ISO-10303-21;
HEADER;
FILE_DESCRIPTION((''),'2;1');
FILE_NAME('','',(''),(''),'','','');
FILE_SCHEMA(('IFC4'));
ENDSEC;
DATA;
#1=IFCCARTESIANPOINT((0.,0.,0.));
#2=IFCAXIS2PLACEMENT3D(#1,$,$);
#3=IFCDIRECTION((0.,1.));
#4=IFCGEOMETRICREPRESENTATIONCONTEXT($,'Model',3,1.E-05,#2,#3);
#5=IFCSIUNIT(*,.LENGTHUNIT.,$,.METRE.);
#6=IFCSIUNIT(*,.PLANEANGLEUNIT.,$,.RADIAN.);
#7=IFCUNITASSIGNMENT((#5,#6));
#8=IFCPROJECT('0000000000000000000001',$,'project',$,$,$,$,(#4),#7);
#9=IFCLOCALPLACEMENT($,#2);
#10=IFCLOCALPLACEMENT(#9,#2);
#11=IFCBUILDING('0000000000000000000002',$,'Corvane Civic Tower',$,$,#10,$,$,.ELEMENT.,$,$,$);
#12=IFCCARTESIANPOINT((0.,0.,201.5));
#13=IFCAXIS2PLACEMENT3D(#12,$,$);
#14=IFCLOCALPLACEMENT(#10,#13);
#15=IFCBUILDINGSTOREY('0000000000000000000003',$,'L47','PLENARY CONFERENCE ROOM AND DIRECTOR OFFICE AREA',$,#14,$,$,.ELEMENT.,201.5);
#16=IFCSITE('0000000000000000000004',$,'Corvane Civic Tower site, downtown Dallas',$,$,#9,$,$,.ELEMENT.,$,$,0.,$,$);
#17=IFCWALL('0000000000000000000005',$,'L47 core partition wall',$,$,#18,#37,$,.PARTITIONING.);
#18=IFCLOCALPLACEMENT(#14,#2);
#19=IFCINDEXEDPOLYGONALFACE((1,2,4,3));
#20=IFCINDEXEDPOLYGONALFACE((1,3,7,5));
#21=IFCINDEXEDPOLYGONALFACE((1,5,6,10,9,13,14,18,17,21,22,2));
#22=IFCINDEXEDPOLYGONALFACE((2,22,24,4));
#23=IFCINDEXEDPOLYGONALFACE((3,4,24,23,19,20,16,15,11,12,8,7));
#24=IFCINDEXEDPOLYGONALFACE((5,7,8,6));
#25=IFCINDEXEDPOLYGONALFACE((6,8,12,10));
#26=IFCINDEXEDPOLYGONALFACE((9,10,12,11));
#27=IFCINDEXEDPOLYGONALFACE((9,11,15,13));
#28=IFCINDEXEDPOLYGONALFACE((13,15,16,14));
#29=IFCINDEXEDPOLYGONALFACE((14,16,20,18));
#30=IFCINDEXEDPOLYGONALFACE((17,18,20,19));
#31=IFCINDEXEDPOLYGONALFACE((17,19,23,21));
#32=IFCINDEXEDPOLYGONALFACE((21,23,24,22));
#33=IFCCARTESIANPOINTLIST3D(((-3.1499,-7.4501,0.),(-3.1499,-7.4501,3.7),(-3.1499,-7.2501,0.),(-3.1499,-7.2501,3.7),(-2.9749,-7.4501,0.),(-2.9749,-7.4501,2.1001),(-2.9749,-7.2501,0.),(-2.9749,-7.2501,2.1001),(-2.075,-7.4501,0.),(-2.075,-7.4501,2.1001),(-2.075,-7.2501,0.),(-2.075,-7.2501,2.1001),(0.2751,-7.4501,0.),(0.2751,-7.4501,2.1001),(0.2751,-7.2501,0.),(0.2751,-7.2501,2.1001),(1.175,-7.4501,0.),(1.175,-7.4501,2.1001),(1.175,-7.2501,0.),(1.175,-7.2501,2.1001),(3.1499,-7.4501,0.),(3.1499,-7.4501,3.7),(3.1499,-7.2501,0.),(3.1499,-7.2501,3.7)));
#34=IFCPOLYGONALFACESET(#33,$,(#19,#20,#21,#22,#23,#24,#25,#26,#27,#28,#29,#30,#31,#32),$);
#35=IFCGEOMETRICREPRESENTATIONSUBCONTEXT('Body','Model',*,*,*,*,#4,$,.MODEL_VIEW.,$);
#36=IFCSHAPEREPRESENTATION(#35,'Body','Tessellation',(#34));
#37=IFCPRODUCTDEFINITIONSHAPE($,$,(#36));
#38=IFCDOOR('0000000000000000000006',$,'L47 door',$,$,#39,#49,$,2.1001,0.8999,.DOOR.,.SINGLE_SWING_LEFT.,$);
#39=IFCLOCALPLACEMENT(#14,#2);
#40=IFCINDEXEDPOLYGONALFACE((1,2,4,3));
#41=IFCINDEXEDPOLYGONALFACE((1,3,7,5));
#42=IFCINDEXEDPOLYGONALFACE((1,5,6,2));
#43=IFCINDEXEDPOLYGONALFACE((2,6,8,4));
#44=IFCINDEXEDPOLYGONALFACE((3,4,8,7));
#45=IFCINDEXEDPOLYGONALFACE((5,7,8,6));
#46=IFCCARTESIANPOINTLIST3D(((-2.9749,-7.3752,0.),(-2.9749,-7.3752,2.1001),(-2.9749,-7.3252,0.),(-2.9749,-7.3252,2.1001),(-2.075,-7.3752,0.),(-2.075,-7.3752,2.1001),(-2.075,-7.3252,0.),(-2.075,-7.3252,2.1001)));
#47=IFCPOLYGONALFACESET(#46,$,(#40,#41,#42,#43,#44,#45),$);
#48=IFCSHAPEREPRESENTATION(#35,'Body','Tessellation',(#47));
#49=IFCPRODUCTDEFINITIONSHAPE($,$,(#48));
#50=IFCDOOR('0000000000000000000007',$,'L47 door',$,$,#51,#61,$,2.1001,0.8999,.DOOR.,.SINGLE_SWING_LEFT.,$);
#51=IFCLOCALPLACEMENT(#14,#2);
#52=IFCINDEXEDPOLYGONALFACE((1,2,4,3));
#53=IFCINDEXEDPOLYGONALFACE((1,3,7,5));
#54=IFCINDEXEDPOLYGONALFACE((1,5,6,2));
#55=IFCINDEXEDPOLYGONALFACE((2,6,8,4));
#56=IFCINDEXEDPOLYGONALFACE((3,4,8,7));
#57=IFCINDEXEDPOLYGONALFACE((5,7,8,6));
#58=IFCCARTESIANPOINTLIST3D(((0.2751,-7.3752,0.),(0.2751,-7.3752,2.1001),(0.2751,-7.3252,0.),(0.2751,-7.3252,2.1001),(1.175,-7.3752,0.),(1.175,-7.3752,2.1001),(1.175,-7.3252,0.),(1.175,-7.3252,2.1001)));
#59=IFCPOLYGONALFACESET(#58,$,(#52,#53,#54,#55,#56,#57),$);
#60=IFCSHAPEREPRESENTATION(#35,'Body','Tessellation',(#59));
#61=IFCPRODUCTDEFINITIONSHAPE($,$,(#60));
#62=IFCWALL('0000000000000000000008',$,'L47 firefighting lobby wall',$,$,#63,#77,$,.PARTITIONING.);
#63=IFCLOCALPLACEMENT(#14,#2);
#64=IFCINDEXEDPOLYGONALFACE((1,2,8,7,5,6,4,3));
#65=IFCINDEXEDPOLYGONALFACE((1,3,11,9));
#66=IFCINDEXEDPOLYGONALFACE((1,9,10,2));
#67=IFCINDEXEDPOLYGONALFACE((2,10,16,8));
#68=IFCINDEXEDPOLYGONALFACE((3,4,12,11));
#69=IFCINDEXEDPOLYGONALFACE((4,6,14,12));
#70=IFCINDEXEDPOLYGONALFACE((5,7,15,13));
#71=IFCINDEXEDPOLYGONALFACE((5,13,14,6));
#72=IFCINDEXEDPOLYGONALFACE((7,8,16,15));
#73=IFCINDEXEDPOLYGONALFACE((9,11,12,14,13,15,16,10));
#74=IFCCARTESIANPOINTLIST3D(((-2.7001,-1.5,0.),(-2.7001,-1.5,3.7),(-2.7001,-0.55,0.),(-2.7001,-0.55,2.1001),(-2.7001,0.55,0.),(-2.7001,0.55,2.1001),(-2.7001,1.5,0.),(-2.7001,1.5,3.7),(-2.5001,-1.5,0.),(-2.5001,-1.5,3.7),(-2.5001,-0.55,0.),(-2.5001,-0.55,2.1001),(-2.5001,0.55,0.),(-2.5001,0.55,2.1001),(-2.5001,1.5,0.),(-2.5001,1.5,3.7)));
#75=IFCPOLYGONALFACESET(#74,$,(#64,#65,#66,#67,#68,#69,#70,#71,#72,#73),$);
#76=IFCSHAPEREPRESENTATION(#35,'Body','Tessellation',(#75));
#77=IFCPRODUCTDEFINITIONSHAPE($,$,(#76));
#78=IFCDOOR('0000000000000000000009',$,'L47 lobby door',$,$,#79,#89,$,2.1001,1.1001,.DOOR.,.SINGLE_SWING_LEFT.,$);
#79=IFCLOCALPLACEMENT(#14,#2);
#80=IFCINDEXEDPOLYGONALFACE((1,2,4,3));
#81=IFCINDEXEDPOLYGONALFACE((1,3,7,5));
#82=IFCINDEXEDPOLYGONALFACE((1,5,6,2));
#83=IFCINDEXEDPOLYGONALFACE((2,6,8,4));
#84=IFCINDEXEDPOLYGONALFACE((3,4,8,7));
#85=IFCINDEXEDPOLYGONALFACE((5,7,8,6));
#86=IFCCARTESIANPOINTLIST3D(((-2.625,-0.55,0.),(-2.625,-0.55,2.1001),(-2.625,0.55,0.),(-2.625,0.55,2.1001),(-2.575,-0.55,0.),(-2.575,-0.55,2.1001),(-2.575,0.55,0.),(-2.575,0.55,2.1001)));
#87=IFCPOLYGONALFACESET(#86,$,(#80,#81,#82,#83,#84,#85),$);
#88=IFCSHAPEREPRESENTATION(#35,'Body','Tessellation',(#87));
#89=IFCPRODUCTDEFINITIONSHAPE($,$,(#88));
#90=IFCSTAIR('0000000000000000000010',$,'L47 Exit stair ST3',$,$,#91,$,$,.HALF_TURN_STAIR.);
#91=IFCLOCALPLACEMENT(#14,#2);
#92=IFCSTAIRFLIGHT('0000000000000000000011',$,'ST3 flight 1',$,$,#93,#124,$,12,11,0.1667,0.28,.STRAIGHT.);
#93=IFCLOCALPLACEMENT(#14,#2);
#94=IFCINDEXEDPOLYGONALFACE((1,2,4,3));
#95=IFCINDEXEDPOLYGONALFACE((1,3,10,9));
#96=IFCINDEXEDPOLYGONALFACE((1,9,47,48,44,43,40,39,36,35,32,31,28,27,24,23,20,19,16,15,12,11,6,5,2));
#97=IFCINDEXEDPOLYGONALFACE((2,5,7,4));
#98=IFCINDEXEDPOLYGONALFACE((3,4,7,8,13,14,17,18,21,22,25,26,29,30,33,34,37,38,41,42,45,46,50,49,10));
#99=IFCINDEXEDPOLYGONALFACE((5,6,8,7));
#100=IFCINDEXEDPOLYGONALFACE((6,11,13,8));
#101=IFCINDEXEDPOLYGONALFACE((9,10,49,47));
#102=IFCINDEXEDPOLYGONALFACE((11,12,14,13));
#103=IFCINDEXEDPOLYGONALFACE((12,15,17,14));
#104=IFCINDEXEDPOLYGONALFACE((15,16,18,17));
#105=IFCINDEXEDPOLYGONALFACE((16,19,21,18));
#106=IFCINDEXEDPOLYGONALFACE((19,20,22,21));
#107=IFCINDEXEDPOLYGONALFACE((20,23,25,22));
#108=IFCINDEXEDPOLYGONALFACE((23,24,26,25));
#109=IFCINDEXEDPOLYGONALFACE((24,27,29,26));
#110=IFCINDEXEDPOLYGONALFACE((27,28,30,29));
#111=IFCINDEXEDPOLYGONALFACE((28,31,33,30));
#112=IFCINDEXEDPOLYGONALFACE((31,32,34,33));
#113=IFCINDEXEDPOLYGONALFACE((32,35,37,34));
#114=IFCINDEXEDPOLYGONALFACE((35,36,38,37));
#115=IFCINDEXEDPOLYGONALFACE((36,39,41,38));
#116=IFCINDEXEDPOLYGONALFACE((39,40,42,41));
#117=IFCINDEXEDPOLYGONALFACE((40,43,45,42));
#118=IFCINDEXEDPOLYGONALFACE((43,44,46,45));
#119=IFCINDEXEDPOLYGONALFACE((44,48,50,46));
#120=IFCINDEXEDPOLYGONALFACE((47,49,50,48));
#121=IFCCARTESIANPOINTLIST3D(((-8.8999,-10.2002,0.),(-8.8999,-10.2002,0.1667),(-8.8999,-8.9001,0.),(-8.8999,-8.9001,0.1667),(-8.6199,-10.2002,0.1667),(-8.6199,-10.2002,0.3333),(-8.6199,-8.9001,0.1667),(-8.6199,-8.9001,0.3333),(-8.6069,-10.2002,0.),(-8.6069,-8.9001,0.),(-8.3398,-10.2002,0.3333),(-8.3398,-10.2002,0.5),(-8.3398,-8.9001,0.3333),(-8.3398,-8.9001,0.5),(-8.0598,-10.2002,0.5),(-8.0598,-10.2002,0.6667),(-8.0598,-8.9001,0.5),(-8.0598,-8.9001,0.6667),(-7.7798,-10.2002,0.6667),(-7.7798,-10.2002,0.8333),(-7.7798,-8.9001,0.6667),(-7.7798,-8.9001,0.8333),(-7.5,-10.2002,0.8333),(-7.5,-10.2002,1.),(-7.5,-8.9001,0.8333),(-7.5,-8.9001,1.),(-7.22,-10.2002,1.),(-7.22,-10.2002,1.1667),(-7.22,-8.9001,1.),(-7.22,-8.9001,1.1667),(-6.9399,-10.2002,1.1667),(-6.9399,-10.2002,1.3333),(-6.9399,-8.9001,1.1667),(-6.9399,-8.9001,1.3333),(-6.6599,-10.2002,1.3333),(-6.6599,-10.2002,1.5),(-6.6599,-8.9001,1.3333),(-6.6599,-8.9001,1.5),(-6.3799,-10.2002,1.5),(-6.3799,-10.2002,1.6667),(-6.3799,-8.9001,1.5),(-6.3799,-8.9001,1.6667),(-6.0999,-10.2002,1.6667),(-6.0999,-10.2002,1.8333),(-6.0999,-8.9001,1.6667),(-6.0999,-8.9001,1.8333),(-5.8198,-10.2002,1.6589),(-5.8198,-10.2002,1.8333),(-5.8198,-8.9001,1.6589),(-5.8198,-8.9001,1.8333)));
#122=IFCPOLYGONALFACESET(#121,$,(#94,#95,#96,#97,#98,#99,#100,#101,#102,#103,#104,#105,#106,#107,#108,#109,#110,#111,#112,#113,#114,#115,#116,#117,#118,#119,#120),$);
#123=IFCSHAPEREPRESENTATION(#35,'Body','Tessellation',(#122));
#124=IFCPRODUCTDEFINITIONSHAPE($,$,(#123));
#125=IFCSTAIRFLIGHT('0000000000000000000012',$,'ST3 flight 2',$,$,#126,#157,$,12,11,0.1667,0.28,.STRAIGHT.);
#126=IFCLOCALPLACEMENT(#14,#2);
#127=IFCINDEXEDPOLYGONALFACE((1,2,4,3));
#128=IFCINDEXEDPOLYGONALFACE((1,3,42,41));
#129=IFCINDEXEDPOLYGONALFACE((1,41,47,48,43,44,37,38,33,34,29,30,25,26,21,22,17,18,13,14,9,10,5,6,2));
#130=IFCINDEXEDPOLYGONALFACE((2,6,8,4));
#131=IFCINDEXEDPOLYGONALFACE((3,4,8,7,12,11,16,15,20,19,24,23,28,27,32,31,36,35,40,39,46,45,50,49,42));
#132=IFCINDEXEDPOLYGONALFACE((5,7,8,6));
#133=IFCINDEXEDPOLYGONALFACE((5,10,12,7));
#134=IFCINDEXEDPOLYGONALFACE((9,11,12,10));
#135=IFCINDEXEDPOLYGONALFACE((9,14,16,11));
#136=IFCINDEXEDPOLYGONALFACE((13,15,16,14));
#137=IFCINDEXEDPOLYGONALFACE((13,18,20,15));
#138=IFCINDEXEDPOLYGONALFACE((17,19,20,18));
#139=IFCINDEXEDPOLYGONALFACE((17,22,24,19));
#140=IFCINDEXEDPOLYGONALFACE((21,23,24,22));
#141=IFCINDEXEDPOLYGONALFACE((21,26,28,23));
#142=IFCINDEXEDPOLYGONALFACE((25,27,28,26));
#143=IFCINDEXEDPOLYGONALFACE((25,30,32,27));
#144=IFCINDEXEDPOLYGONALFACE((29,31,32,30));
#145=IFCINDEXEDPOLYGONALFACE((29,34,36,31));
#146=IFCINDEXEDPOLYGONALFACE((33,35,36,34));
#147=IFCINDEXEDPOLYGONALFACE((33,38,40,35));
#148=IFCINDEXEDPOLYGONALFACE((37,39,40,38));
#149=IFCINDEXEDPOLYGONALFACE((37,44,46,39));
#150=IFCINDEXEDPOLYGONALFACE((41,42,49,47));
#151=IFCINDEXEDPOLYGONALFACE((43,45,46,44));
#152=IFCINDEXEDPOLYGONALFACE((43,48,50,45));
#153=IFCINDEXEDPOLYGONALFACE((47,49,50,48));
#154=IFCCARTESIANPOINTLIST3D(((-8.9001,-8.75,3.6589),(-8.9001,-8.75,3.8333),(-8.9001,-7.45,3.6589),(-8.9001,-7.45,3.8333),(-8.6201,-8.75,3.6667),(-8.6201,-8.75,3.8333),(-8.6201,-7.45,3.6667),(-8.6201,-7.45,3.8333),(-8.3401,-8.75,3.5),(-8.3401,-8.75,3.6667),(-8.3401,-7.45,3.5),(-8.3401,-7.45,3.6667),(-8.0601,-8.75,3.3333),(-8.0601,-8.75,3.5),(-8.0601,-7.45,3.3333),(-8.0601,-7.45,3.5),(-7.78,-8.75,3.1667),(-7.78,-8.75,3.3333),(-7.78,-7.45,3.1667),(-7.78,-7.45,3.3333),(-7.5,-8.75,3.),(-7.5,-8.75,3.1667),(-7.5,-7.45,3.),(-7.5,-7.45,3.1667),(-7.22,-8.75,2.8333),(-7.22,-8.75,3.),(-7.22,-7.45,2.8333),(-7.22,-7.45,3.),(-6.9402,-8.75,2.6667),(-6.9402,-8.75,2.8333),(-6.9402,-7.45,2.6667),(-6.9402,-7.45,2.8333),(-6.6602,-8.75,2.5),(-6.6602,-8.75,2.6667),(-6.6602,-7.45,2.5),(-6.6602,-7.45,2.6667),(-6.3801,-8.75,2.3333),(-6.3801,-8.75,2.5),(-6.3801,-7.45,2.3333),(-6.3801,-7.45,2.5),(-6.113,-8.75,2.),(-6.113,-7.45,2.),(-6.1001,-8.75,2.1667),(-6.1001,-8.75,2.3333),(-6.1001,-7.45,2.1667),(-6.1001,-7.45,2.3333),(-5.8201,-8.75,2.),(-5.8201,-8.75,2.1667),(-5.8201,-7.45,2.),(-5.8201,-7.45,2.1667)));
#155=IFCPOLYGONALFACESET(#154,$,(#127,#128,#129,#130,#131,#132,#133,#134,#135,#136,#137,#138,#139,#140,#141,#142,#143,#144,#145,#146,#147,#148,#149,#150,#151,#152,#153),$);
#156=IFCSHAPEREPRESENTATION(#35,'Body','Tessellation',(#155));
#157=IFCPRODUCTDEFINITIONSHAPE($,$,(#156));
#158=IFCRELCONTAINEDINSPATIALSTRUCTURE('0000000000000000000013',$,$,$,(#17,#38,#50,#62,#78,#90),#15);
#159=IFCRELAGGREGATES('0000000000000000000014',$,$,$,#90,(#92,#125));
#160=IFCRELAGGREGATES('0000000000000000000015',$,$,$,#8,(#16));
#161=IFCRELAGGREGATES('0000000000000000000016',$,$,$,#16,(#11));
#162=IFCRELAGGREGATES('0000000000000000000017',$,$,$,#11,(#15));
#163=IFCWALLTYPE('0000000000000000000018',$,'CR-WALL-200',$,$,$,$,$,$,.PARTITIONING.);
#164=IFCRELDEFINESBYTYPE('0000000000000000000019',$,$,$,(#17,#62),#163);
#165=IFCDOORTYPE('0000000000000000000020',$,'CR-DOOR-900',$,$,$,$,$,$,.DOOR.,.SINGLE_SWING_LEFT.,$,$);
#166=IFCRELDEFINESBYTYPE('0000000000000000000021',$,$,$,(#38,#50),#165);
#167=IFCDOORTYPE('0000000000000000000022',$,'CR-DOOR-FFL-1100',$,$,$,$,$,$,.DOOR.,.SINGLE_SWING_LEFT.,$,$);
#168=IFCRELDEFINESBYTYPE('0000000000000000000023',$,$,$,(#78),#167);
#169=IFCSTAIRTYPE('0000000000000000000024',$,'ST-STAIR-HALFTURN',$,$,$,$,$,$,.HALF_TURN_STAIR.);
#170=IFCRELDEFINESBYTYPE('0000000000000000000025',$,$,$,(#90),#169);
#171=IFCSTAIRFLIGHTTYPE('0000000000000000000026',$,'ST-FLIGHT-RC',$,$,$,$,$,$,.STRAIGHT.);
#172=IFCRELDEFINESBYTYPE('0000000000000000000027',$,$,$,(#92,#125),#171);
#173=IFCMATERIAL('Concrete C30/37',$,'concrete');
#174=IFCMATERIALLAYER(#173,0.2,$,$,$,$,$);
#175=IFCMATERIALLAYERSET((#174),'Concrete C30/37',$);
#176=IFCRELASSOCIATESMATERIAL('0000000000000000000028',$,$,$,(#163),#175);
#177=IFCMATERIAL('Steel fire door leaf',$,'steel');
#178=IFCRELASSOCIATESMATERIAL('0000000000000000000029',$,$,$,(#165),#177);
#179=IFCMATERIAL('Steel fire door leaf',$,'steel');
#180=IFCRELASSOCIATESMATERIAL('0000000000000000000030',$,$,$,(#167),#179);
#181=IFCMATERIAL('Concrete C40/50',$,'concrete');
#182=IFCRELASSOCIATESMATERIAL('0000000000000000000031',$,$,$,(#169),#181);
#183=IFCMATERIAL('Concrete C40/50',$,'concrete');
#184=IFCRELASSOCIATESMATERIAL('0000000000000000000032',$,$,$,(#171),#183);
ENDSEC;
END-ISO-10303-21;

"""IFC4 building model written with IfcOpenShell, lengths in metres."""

from ifc_helpers import new_model, si_unit, direction, frame, frame_2d, origin, place, context, subcontext, project, spatial, polyline, rectangle, outline, extrude, material, layer, layer_set, type_object, element, fill, aggregate, save


model = new_model("IFC4")

# Units and contexts
model_context = context("Model", 3, precision=1e-05, world=origin(), true_north=direction((0.0, 1.0)))
body_context = subcontext(model_context, "Body", "Model", "MODEL_VIEW")
ifc_project = project(units=[si_unit("LENGTHUNIT", "METRE"), si_unit("PLANEANGLEUNIT", "RADIAN")], contexts=[model_context])

# Site, building, storey
site_placement = place(None, origin())
site = spatial("IfcSite", under=ifc_project, at=site_placement, Name="Corvane Civic Tower site, downtown Dallas", CompositionType="ELEMENT", RefElevation=0.0)
building_placement = place(site_placement, origin())
building = spatial("IfcBuilding", under=site, at=building_placement, Name="Corvane Civic Tower", CompositionType="ELEMENT")
storey_placement = place(building_placement, frame((0.0, 0.0, 201.5)))
storey = spatial("IfcBuildingStorey", under=building, at=storey_placement, Name="L47", Description="PLENARY CONFERENCE ROOM AND DIRECTOR OFFICE AREA", CompositionType="ELEMENT", Elevation=201.5)

# Wall, openings, doors
ifc_material_1 = material(Name="Concrete C30/37", Category="concrete")
ifc_layer = layer(ifc_material_1, 0.2)
ifc_layer_set = layer_set([ifc_layer], Name="Concrete C30/37")
wall_type = type_object("IfcWallType", Name="CR-WALL-200", PredefinedType="PARTITIONING", material=ifc_layer_set)
ifc_material_2 = material(Name="Steel fire door leaf", Category="steel")
door_type_1 = type_object("IfcDoorType", Name="CR-DOOR-900", OperationType="SINGLE_SWING_LEFT", PredefinedType="DOOR", material=ifc_material_2)
wall_1_placement = place(storey_placement, frame((-3.1499, -7.3501, 0.0), z_axis=(0.0, 0.0, 1.0), x_axis=(1.0, 0.0, 0.0)))
wall_1 = element("IfcWall", 1, at=wall_1_placement, inside=storey, type_object=wall_type, Name="L47 core partition wall", PredefinedType="PARTITIONING", context=body_context, shape_type="SweptSolid", body=[
    extrude(rectangle(XDim=6.2998, YDim=0.2, at=frame_2d((3.1499, 0.0))), origin(), (0.0, 0.0, 1.0), 3.7),
])
opening_1_placement = place(wall_1_placement, frame((0.175, 0.0, 0.0)))
opening_1 = element("IfcOpeningElement", 2, at=opening_1_placement, cuts=wall_1, PredefinedType="OPENING", context=body_context, shape_type="SweptSolid", body=[
    extrude(rectangle(XDim=0.8999, YDim=2.1001, at=frame_2d((0.45, 1.05))), frame((0.0, 0.1099, 0.0), z_axis=(0.0, -1.0, 0.0), x_axis=(1.0, 0.0, 0.0)), (0.0, 0.0, 1.0), 0.22),
])
opening_2_placement = place(wall_1_placement, frame((3.425, 0.0, 0.0)))
opening_2 = element("IfcOpeningElement", 3, at=opening_2_placement, cuts=wall_1, PredefinedType="OPENING", context=body_context, shape_type="SweptSolid", body=[
    extrude(rectangle(XDim=0.8999, YDim=2.1001, at=frame_2d((0.45, 1.05))), frame((0.0, 0.1099, 0.0), z_axis=(0.0, -1.0, 0.0), x_axis=(1.0, 0.0, 0.0)), (0.0, 0.0, 1.0), 0.22),
])
door_1_placement = place(opening_1_placement, origin())
door_1 = element("IfcDoor", 4, at=door_1_placement, inside=storey, type_object=door_type_1, Name="L47 door", OperationType="SINGLE_SWING_LEFT", OverallHeight=2.1001, OverallWidth=0.8999, PredefinedType="DOOR", context=body_context, shape_type="SweptSolid", body=[
    extrude(rectangle(XDim=0.8999, YDim=2.1001, at=frame_2d((0.45, 1.05))), frame((0.0, 0.0249, 0.0), z_axis=(0.0, -1.0, 0.0), x_axis=(1.0, 0.0, 0.0)), (0.0, 0.0, 1.0), 0.05),
])
fill(opening_1, door_1)
door_2_placement = place(opening_2_placement, origin())
door_2 = element("IfcDoor", 5, at=door_2_placement, inside=storey, type_object=door_type_1, Name="L47 door", OperationType="SINGLE_SWING_LEFT", OverallHeight=2.1001, OverallWidth=0.8999, PredefinedType="DOOR", context=body_context, shape_type="SweptSolid", body=[
    extrude(rectangle(XDim=0.8999, YDim=2.1001, at=frame_2d((0.45, 1.05))), frame((0.0, 0.0249, 0.0), z_axis=(0.0, -1.0, 0.0), x_axis=(1.0, 0.0, 0.0)), (0.0, 0.0, 1.0), 0.05),
])
fill(opening_2, door_2)

# Wall, opening, door
wall_2_placement = place(storey_placement, frame((-2.6001, -1.5, 0.0), z_axis=(0.0, 0.0, 1.0), x_axis=(0.0, 1.0, 0.0)))
wall_2 = element("IfcWall", 6, at=wall_2_placement, inside=storey, type_object=wall_type, Name="L47 firefighting lobby wall", PredefinedType="PARTITIONING", context=body_context, shape_type="SweptSolid", body=[
    extrude(rectangle(XDim=3.0, YDim=0.2, at=frame_2d((1.5, 0.0))), origin(), (0.0, 0.0, 1.0), 3.7),
])
opening_3_placement = place(wall_2_placement, frame((0.95, 0.0, 0.0)))
opening_3 = element("IfcOpeningElement", 7, at=opening_3_placement, cuts=wall_2, PredefinedType="OPENING", context=body_context, shape_type="SweptSolid", body=[
    extrude(rectangle(XDim=1.1001, YDim=2.1001, at=frame_2d((0.55, 1.05))), frame((0.0, 0.1099, 0.0), z_axis=(0.0, -1.0, 0.0), x_axis=(1.0, 0.0, 0.0)), (0.0, 0.0, 1.0), 0.22),
])
ifc_material_3 = material(Name="Steel fire door leaf", Category="steel")
door_type_2 = type_object("IfcDoorType", Name="CR-DOOR-FFL-1100", OperationType="SINGLE_SWING_LEFT", PredefinedType="DOOR", material=ifc_material_3)
door_3_placement = place(opening_3_placement, origin())
door_3 = element("IfcDoor", 8, at=door_3_placement, inside=storey, type_object=door_type_2, Name="L47 lobby door", OperationType="SINGLE_SWING_LEFT", OverallHeight=2.1001, OverallWidth=1.1001, PredefinedType="DOOR", context=body_context, shape_type="SweptSolid", body=[
    extrude(rectangle(XDim=1.1001, YDim=2.1001, at=frame_2d((0.55, 1.05))), frame((0.0, 0.0249, 0.0), z_axis=(0.0, -1.0, 0.0), x_axis=(1.0, 0.0, 0.0)), (0.0, 0.0, 1.0), 0.05),
])
fill(opening_3, door_3)

# Stair, stair flights
ifc_material_4 = material(Name="Concrete C40/50", Category="concrete")
stair_type = type_object("IfcStairType", Name="ST-STAIR-HALFTURN", PredefinedType="HALF_TURN_STAIR", material=ifc_material_4)
stair_placement = place(storey_placement, origin())
stair = element("IfcStair", 9, at=stair_placement, inside=storey, type_object=stair_type, Name="L47 Exit stair ST3", PredefinedType="HALF_TURN_STAIR")
ifc_material_5 = material(Name="Concrete C40/50", Category="concrete")
stair_flight_type = type_object("IfcStairFlightType", Name="ST-FLIGHT-RC", PredefinedType="STRAIGHT", material=ifc_material_5)
stair_flight_1_placement = place(storey_placement, frame((-8.8999, -9.55, 0.0), z_axis=(0.0, 0.0, 1.0), x_axis=(1.0, 0.0, 0.0)))
stair_flight_1 = element("IfcStairFlight", 10, at=stair_flight_1_placement, type_object=stair_flight_type, Name="ST3 flight 1", NumberOfRisers=12, NumberOfTreads=11, PredefinedType="STRAIGHT", RiserHeight=0.1667, TreadLength=0.28, context=body_context, shape_type="SweptSolid", body=[
    extrude(outline(polyline([(0.0, 0.0), (0.0, 0.1667), (0.28, 0.1667), (0.28, 0.3333), (0.5601, 0.3333), (0.5601, 0.5), (0.8401, 0.5), (0.8401, 0.6667), (1.1201, 0.6667), (1.1201, 0.8333), (1.3999, 0.8333), (1.3999, 1.0), (1.6799, 1.0), (1.6799, 1.1667), (1.96, 1.1667), (1.96, 1.3333), (2.24, 1.3333), (2.24, 1.5), (2.52, 1.5), (2.52, 1.6667), (2.8, 1.6667), (2.8, 1.8333), (3.0801, 1.8333), (3.0801, 2.0), (3.0801, 1.6589), (0.293, 0.0), (0.0, 0.0)])), frame((0.0, 0.6499, 0.0), z_axis=(0.0, -1.0, 0.0), x_axis=(1.0, 0.0, 0.0)), (0.0, 0.0, 1.0), 1.3),
])
stair_flight_2_placement = place(storey_placement, frame((-5.8201, -8.1001, 2.0), z_axis=(0.0, 0.0, 1.0), x_axis=(-1.0, 0.0, 0.0)))
stair_flight_2 = element("IfcStairFlight", 11, at=stair_flight_2_placement, type_object=stair_flight_type, Name="ST3 flight 2", NumberOfRisers=12, NumberOfTreads=11, PredefinedType="STRAIGHT", RiserHeight=0.1667, TreadLength=0.28, context=body_context, shape_type="SweptSolid", body=[
    extrude(outline(polyline([(0.0, 0.0), (0.0, 0.1667), (0.28, 0.1667), (0.28, 0.3333), (0.5601, 0.3333), (0.5601, 0.5), (0.8401, 0.5), (0.8401, 0.6667), (1.1201, 0.6667), (1.1201, 0.8333), (1.3999, 0.8333), (1.3999, 1.0), (1.6799, 1.0), (1.6799, 1.1667), (1.96, 1.1667), (1.96, 1.3333), (2.24, 1.3333), (2.24, 1.5), (2.52, 1.5), (2.52, 1.6667), (2.8, 1.6667), (2.8, 1.8333), (3.0801, 1.8333), (3.0801, 2.0), (3.0801, 1.6589), (0.293, 0.0), (0.0, 0.0)])), frame((0.0, 0.6499, 0.0), z_axis=(0.0, -1.0, 0.0), x_axis=(1.0, 0.0, 0.0)), (0.0, 0.0, 1.0), 1.3),
])
aggregate(stair, [stair_flight_1, stair_flight_2])

save(model, "model.ifc")
